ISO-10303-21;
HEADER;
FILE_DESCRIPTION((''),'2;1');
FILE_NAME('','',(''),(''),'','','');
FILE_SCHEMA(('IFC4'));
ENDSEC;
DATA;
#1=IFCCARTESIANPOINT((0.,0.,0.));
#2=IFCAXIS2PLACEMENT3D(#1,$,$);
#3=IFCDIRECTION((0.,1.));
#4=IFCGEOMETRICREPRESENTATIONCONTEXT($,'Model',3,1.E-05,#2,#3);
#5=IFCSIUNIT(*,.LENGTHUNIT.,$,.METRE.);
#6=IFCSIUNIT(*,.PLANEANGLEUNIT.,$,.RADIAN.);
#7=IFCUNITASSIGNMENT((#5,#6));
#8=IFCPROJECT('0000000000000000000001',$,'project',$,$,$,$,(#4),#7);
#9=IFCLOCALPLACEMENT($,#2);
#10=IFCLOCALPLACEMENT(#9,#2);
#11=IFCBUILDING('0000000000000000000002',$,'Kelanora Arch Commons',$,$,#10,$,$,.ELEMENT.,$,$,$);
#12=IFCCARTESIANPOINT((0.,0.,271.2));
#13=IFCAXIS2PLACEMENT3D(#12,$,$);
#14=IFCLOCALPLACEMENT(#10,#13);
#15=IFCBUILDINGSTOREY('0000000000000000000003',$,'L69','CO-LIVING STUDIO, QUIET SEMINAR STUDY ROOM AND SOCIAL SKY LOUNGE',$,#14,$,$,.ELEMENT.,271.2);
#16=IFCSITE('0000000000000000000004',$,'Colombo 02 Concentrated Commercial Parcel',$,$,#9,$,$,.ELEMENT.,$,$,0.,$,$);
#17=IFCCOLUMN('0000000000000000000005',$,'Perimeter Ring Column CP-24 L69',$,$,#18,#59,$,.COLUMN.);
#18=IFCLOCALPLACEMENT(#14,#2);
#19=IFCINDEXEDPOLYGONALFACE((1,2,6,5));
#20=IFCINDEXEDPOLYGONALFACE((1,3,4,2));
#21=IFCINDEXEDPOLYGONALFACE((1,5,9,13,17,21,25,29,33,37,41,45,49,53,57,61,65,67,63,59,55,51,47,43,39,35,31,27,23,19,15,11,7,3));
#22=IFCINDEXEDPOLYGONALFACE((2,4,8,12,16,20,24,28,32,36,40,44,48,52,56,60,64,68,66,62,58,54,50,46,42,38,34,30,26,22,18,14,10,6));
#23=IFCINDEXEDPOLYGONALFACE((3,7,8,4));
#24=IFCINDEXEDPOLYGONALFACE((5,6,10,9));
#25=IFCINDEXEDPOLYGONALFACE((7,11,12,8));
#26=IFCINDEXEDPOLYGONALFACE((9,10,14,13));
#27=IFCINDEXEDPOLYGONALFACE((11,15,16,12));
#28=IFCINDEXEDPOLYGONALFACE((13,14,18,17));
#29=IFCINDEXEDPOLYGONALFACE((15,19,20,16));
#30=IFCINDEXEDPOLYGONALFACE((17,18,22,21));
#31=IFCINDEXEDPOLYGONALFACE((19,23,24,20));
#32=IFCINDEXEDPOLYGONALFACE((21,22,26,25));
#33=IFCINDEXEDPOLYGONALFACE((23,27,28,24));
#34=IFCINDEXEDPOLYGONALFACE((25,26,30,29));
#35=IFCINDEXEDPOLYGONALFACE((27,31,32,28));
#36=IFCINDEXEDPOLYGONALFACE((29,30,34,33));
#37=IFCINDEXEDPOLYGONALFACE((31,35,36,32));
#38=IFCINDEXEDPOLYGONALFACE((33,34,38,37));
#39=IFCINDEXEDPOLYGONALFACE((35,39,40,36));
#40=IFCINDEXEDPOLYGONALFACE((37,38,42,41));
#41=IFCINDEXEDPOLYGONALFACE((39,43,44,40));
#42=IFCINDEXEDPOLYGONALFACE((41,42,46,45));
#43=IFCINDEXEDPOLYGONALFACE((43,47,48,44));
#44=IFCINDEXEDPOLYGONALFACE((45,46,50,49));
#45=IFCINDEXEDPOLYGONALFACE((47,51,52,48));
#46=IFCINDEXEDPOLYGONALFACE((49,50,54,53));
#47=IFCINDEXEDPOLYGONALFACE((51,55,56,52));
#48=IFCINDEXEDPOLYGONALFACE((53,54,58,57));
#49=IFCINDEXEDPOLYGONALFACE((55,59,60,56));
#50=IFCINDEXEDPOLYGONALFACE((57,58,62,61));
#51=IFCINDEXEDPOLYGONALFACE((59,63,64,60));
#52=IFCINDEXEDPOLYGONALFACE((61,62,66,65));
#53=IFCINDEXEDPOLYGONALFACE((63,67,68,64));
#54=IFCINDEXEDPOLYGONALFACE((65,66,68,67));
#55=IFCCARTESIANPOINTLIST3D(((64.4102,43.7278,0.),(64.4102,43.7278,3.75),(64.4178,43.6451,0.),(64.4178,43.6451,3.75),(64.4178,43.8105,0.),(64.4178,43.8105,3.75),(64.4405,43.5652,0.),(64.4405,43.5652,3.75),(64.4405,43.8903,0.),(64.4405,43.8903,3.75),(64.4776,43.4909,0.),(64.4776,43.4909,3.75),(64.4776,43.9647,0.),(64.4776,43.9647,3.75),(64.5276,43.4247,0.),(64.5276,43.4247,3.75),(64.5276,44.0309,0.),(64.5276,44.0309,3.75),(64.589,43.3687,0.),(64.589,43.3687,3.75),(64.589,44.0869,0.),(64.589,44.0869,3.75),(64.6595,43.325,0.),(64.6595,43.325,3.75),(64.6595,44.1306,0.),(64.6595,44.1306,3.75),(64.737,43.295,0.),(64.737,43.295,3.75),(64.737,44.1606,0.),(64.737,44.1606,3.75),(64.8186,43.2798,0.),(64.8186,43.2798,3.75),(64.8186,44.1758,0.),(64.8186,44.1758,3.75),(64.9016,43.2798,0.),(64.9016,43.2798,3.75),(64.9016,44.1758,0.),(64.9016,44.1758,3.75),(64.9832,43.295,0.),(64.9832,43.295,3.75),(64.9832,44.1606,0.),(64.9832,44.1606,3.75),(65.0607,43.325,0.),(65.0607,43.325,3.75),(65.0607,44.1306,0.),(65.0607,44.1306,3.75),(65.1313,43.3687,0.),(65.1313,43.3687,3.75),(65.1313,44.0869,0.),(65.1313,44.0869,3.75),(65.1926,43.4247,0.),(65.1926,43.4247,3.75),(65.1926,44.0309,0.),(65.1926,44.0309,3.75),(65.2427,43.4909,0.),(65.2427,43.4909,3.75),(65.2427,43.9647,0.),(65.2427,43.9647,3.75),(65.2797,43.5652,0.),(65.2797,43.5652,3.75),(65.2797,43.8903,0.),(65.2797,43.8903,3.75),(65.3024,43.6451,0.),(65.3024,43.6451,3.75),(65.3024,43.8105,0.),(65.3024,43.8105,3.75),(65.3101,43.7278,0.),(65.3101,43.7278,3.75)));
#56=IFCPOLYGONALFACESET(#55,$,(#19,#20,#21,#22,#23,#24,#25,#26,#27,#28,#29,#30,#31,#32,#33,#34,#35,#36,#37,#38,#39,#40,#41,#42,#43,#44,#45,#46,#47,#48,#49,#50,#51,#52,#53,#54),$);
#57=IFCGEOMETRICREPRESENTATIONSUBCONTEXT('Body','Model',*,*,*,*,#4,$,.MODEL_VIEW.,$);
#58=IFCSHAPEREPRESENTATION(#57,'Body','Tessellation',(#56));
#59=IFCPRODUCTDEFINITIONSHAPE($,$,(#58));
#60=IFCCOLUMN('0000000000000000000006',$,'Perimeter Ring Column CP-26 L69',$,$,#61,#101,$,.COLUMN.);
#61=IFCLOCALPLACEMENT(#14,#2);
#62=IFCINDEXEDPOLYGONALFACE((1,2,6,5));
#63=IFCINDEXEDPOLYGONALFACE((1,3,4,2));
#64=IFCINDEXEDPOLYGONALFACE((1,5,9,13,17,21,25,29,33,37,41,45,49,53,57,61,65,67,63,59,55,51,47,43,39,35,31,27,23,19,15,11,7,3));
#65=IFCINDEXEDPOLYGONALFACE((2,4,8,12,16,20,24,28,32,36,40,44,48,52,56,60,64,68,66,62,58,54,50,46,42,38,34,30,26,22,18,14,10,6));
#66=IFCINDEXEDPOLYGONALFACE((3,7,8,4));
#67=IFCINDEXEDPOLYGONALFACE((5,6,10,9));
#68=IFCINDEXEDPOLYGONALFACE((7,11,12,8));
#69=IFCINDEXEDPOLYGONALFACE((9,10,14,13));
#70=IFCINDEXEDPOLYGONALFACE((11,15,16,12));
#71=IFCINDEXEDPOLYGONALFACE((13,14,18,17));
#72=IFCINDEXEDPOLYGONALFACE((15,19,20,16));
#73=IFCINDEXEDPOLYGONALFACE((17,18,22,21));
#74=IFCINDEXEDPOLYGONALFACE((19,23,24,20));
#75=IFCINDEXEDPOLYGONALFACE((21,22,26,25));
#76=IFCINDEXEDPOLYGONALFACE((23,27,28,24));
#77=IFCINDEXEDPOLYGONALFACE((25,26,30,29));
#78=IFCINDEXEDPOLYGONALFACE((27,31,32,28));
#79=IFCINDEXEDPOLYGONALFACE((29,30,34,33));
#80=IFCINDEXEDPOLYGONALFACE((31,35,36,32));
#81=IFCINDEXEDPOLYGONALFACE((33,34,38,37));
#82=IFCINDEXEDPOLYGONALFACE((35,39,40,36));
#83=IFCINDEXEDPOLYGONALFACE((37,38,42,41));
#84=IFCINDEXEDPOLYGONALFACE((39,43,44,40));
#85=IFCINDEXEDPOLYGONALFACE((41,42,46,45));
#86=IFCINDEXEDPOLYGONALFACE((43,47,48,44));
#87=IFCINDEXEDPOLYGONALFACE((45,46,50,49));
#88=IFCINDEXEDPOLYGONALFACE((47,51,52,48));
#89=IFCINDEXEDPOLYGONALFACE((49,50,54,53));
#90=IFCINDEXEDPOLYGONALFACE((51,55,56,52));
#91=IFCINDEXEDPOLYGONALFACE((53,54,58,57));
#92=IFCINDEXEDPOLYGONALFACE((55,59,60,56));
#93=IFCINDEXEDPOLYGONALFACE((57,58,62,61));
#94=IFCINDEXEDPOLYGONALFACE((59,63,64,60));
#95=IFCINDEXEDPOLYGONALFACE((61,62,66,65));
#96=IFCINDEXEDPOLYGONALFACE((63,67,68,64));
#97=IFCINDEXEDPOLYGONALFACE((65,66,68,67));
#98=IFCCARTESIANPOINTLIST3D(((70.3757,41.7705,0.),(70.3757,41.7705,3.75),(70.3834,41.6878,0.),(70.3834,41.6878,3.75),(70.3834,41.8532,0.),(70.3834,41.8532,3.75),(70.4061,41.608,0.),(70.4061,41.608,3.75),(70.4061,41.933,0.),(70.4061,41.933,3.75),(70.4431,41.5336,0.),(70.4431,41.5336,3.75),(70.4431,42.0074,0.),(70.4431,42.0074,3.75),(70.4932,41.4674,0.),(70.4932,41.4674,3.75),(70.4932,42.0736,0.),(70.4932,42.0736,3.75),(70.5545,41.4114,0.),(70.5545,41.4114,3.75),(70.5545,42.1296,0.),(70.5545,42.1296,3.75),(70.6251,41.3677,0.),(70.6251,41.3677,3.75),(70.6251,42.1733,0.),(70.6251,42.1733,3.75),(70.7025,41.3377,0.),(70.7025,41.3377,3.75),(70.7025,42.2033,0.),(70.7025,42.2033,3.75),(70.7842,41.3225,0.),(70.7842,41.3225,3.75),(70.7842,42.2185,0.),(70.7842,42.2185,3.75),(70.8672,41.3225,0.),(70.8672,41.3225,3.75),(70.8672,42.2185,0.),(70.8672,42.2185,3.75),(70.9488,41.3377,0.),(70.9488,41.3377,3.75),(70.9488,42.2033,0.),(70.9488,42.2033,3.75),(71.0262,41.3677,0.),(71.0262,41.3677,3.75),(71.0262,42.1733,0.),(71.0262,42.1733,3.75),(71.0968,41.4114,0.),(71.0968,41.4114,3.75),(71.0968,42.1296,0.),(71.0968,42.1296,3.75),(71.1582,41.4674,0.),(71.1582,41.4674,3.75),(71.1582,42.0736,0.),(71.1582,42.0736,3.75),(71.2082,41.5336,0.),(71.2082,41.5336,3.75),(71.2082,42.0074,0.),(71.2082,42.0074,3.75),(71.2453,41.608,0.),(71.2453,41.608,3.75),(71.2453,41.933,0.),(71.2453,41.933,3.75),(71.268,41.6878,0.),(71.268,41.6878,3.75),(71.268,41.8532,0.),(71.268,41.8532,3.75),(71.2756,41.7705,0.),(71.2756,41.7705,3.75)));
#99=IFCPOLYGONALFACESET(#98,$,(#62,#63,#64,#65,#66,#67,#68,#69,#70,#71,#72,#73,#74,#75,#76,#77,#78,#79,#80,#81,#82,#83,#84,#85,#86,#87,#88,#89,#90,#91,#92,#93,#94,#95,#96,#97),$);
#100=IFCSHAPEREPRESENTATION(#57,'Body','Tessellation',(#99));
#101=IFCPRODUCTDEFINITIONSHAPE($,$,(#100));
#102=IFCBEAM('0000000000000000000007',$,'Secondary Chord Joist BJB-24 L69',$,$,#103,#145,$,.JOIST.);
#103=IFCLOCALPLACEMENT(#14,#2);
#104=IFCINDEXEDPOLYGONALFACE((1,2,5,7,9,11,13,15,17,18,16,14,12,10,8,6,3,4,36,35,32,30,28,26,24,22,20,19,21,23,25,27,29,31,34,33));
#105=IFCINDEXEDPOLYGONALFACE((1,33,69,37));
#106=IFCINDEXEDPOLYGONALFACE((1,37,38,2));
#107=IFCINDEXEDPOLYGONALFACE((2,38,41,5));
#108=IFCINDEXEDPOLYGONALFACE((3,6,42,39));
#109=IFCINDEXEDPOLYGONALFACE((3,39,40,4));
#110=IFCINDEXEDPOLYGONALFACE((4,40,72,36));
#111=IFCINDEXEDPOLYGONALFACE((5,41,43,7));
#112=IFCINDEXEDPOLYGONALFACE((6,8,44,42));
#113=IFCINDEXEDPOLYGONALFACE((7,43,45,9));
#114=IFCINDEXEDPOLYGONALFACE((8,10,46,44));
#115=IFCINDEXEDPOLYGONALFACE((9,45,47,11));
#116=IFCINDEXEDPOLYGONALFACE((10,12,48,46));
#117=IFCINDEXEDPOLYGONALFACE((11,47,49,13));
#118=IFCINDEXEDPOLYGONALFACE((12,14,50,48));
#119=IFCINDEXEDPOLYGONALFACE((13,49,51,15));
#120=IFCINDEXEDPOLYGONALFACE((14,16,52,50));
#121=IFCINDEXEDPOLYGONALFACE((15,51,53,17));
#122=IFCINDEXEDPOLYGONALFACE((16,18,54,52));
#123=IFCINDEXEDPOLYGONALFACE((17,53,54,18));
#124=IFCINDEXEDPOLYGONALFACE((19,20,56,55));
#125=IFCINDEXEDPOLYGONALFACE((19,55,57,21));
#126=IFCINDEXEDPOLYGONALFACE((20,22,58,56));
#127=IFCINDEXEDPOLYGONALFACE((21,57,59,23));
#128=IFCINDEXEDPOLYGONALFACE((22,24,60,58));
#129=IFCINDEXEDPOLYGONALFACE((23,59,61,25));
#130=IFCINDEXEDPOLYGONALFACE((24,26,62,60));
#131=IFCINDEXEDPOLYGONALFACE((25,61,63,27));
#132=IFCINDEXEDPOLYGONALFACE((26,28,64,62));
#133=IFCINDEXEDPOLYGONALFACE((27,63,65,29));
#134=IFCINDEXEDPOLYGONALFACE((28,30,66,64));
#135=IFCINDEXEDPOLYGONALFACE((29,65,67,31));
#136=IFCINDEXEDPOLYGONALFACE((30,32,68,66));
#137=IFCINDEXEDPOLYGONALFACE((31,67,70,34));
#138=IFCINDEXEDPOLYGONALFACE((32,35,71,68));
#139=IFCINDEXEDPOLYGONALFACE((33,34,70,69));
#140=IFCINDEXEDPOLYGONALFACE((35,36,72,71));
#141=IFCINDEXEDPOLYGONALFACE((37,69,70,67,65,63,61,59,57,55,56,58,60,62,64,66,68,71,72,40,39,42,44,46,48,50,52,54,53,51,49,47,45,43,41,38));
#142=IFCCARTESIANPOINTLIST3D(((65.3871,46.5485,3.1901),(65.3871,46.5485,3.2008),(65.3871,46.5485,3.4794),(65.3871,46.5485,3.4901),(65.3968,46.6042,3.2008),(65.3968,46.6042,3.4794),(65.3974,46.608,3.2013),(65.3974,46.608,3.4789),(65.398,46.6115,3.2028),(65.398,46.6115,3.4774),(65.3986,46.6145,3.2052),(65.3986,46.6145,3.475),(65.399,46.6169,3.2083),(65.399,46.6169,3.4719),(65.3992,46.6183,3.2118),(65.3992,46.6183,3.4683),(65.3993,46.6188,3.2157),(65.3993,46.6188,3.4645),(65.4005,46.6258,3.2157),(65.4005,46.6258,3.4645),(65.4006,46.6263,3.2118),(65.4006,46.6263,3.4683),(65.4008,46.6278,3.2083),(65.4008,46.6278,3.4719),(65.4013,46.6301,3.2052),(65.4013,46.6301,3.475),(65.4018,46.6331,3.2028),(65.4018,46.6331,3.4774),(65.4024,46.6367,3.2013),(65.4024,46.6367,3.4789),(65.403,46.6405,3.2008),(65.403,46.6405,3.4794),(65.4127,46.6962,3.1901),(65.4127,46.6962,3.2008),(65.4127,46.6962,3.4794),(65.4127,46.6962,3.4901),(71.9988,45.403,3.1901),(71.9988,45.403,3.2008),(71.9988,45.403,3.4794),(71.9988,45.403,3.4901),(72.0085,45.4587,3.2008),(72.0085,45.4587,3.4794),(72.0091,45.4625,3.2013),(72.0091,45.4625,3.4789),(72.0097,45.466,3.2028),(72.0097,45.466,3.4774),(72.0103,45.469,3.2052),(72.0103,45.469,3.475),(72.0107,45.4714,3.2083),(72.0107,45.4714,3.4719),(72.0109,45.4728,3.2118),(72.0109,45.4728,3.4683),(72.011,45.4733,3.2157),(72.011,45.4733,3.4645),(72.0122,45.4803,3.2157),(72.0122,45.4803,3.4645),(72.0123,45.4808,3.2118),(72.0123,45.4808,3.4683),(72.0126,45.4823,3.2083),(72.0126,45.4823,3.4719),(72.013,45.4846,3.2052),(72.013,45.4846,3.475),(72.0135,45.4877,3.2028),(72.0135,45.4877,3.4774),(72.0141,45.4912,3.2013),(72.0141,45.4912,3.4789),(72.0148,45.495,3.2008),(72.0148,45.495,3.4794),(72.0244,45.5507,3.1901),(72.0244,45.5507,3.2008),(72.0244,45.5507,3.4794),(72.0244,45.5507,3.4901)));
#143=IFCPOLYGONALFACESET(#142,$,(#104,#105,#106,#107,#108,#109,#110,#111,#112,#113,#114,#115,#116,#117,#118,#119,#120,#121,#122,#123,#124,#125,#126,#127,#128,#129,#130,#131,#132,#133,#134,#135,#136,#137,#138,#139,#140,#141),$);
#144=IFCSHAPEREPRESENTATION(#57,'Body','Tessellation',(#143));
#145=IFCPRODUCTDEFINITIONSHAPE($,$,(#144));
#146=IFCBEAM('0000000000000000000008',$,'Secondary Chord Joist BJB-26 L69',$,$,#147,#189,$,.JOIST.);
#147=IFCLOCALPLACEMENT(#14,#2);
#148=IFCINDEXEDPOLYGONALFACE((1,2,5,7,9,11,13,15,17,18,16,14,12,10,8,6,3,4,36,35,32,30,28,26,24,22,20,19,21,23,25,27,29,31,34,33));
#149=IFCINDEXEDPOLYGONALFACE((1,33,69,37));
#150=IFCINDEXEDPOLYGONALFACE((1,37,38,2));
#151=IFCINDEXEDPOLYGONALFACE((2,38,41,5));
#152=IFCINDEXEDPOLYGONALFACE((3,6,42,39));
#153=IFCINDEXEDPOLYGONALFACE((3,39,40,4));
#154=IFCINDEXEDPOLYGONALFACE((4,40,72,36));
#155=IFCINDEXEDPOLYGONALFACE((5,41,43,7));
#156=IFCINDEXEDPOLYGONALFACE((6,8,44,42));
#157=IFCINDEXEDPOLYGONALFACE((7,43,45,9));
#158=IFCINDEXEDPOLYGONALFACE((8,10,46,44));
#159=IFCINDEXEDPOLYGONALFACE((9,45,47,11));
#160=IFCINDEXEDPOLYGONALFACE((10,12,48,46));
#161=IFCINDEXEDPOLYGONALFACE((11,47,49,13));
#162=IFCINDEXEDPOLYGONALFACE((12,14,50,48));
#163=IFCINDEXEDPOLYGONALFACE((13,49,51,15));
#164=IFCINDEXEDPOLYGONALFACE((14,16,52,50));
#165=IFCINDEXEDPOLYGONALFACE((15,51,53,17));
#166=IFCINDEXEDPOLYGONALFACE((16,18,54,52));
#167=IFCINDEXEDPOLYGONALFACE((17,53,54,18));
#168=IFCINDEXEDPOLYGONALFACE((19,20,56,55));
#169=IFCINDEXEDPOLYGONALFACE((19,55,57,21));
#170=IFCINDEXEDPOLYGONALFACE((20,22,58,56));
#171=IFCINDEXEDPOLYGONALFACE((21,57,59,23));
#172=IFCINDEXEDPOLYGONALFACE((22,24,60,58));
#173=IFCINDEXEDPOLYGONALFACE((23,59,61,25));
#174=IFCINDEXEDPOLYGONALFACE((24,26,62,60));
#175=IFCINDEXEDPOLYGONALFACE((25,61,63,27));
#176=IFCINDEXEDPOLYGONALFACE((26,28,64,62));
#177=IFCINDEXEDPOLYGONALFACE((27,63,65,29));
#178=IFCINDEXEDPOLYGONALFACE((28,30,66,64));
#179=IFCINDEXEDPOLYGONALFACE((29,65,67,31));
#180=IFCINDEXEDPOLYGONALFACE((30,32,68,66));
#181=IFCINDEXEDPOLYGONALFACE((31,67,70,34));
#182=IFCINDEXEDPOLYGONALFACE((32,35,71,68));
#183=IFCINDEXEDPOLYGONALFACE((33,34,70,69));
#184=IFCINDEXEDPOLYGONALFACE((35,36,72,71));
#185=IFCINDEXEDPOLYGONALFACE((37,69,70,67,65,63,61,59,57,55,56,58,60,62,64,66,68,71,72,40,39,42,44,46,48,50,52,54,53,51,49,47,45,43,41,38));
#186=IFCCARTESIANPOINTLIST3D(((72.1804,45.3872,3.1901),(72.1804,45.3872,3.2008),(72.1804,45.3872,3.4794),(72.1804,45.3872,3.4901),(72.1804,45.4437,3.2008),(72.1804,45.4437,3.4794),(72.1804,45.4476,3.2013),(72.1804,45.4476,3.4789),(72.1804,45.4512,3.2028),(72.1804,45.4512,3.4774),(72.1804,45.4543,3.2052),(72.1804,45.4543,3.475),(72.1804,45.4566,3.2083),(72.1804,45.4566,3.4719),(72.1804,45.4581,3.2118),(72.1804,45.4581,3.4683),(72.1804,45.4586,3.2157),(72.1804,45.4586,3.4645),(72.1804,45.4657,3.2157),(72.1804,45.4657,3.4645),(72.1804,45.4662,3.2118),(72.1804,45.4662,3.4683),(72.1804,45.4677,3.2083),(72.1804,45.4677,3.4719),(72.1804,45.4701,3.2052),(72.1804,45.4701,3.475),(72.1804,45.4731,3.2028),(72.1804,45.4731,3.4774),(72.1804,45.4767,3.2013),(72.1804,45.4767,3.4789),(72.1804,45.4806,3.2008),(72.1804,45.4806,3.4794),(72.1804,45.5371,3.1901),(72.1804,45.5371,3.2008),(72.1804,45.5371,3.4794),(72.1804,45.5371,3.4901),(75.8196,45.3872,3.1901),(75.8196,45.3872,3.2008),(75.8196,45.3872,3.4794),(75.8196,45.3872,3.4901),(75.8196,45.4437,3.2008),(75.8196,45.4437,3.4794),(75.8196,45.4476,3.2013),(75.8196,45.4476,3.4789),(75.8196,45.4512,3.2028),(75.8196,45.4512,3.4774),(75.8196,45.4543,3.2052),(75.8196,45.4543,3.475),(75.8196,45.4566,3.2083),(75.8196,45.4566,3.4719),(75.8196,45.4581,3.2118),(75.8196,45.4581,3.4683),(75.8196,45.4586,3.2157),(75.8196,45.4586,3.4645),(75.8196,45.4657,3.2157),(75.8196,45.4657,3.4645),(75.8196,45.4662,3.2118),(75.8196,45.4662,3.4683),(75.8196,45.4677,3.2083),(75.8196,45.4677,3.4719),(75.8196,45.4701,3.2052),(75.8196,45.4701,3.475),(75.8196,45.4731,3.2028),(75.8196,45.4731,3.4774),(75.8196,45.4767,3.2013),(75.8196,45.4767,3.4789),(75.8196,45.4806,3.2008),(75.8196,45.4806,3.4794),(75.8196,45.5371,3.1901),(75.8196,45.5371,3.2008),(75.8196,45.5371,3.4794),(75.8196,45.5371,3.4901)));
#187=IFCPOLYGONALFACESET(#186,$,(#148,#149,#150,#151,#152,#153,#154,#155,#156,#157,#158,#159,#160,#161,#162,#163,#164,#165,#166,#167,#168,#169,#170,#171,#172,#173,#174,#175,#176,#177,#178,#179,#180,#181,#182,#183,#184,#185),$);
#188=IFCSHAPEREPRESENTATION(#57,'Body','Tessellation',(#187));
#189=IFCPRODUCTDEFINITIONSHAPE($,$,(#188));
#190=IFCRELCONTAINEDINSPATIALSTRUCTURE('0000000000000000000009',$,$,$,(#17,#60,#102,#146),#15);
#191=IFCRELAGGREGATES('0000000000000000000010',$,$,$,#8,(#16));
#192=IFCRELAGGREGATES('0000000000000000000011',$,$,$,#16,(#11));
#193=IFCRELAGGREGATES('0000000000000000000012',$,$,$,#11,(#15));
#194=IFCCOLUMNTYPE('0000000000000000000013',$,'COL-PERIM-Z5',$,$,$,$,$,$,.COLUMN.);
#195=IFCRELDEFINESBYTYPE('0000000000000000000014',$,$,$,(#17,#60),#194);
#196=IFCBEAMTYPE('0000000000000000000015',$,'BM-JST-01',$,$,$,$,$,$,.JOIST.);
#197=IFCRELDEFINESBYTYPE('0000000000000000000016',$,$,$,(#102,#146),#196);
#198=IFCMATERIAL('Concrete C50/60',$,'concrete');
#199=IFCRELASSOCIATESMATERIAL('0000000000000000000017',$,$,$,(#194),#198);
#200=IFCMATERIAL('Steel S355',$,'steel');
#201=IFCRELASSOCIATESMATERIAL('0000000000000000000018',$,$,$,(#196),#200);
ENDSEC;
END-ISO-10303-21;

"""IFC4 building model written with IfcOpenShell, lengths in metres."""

from ifc_helpers import new_model, si_unit, direction, frame, origin, origin_2d, place, context, subcontext, project, spatial, circle, i_section, extrude, material, material_profile, profile_set, type_object, element, save


model = new_model("IFC4")

# Units and contexts
model_context = context("Model", 3, precision=1e-05, world=origin(), true_north=direction((0.0, 1.0)))
body_context = subcontext(model_context, "Body", "Model", "MODEL_VIEW")
ifc_project = project(units=[si_unit("LENGTHUNIT", "METRE"), si_unit("PLANEANGLEUNIT", "RADIAN")], contexts=[model_context])

# Site, building, storey
site_placement = place(None, origin())
site = spatial("IfcSite", under=ifc_project, at=site_placement, Name="Colombo 02 Concentrated Commercial Parcel", CompositionType="ELEMENT", RefElevation=0.0)
building_placement = place(site_placement, origin())
building = spatial("IfcBuilding", under=site, at=building_placement, Name="Kelanora Arch Commons", CompositionType="ELEMENT")
storey_placement = place(building_placement, frame((0.0, 0.0, 271.2)))
storey = spatial("IfcBuildingStorey", under=building, at=storey_placement, Name="L69", Description="CO-LIVING STUDIO, QUIET SEMINAR STUDY ROOM AND SOCIAL SKY LOUNGE", CompositionType="ELEMENT", Elevation=271.2)

# Columns
ifc_material_1 = material(Name="Concrete C50/60", Category="concrete")
ifc_material_profile_1 = material_profile(ifc_material_1, circle(Radius=0.45, at=origin_2d()), Name="RCC900")
ifc_profile_set_1 = profile_set([ifc_material_profile_1], Name="Concrete C50/60")
column_type = type_object("IfcColumnType", Name="COL-PERIM-Z5", PredefinedType="COLUMN", material=ifc_profile_set_1)
for number, where, z_axis, x_axis, name in (
    (1, (64.8601, 43.7278, 0.0), (0.0, 0.0, 1.0), (1.0, 0.0, 0.0), "Perimeter Ring Column CP-24 L69"),
    (2, (70.8257, 41.7705, 0.0), (0.0, 0.0, 1.0), (1.0, 0.0, 0.0), "Perimeter Ring Column CP-26 L69"),
):
    element("IfcColumn", number, at=place(storey_placement, frame(where, z_axis=z_axis, x_axis=x_axis)), inside=storey, type_object=column_type, Name=name, PredefinedType="COLUMN", context=body_context, shape_type="SweptSolid", body=[
        extrude(circle(Radius=0.45, at=origin_2d()), origin(), (0.0, 0.0, 1.0), 3.75),
    ])

# Beams
ifc_material_2 = material(Name="Steel S355", Category="steel")
ifc_material_profile_2 = material_profile(ifc_material_2, i_section(OverallWidth=0.1499, OverallDepth=0.3, WebThickness=0.0071, FlangeThickness=0.0107, FilletRadius=0.0149, at=origin_2d()), Name="IPE300")
ifc_profile_set_2 = profile_set([ifc_material_profile_2], Name="Steel S355")
beam_type_1 = type_object("IfcBeamType", Name="BM-JST-01", PredefinedType="JOIST", material=ifc_profile_set_2)
beam_1_placement = place(storey_placement, frame((65.3999, 46.6223, 3.3401), z_axis=(0.985322, -0.170709, 0.0), x_axis=(0.170709, 0.985322, 0.0)))
element("IfcBeam", 3, at=beam_1_placement, inside=storey, type_object=beam_type_1, Name="Secondary Chord Joist BJB-24 L69", PredefinedType="JOIST", context=body_context, shape_type="SweptSolid", body=[
    extrude(i_section(OverallWidth=0.1499, OverallDepth=0.3, WebThickness=0.0071, FlangeThickness=0.0107, FilletRadius=0.0149, at=origin_2d()), origin(), (0.0, 0.0, 1.0), 6.7102),
])
beam_2_placement = place(storey_placement, frame((72.1804, 45.4622, 3.3401), z_axis=(1.0, 0.0, 0.0), x_axis=(0.0, 1.0, 0.0)))
element("IfcBeam", 4, at=beam_2_placement, inside=storey, type_object=beam_type_1, Name="Secondary Chord Joist BJB-26 L69", PredefinedType="JOIST", context=body_context, shape_type="SweptSolid", body=[
    extrude(i_section(OverallWidth=0.1499, OverallDepth=0.3, WebThickness=0.0071, FlangeThickness=0.0107, FilletRadius=0.0149, at=origin_2d()), origin(), (0.0, 0.0, 1.0), 3.6392),
])

save(model, "model.ifc")
